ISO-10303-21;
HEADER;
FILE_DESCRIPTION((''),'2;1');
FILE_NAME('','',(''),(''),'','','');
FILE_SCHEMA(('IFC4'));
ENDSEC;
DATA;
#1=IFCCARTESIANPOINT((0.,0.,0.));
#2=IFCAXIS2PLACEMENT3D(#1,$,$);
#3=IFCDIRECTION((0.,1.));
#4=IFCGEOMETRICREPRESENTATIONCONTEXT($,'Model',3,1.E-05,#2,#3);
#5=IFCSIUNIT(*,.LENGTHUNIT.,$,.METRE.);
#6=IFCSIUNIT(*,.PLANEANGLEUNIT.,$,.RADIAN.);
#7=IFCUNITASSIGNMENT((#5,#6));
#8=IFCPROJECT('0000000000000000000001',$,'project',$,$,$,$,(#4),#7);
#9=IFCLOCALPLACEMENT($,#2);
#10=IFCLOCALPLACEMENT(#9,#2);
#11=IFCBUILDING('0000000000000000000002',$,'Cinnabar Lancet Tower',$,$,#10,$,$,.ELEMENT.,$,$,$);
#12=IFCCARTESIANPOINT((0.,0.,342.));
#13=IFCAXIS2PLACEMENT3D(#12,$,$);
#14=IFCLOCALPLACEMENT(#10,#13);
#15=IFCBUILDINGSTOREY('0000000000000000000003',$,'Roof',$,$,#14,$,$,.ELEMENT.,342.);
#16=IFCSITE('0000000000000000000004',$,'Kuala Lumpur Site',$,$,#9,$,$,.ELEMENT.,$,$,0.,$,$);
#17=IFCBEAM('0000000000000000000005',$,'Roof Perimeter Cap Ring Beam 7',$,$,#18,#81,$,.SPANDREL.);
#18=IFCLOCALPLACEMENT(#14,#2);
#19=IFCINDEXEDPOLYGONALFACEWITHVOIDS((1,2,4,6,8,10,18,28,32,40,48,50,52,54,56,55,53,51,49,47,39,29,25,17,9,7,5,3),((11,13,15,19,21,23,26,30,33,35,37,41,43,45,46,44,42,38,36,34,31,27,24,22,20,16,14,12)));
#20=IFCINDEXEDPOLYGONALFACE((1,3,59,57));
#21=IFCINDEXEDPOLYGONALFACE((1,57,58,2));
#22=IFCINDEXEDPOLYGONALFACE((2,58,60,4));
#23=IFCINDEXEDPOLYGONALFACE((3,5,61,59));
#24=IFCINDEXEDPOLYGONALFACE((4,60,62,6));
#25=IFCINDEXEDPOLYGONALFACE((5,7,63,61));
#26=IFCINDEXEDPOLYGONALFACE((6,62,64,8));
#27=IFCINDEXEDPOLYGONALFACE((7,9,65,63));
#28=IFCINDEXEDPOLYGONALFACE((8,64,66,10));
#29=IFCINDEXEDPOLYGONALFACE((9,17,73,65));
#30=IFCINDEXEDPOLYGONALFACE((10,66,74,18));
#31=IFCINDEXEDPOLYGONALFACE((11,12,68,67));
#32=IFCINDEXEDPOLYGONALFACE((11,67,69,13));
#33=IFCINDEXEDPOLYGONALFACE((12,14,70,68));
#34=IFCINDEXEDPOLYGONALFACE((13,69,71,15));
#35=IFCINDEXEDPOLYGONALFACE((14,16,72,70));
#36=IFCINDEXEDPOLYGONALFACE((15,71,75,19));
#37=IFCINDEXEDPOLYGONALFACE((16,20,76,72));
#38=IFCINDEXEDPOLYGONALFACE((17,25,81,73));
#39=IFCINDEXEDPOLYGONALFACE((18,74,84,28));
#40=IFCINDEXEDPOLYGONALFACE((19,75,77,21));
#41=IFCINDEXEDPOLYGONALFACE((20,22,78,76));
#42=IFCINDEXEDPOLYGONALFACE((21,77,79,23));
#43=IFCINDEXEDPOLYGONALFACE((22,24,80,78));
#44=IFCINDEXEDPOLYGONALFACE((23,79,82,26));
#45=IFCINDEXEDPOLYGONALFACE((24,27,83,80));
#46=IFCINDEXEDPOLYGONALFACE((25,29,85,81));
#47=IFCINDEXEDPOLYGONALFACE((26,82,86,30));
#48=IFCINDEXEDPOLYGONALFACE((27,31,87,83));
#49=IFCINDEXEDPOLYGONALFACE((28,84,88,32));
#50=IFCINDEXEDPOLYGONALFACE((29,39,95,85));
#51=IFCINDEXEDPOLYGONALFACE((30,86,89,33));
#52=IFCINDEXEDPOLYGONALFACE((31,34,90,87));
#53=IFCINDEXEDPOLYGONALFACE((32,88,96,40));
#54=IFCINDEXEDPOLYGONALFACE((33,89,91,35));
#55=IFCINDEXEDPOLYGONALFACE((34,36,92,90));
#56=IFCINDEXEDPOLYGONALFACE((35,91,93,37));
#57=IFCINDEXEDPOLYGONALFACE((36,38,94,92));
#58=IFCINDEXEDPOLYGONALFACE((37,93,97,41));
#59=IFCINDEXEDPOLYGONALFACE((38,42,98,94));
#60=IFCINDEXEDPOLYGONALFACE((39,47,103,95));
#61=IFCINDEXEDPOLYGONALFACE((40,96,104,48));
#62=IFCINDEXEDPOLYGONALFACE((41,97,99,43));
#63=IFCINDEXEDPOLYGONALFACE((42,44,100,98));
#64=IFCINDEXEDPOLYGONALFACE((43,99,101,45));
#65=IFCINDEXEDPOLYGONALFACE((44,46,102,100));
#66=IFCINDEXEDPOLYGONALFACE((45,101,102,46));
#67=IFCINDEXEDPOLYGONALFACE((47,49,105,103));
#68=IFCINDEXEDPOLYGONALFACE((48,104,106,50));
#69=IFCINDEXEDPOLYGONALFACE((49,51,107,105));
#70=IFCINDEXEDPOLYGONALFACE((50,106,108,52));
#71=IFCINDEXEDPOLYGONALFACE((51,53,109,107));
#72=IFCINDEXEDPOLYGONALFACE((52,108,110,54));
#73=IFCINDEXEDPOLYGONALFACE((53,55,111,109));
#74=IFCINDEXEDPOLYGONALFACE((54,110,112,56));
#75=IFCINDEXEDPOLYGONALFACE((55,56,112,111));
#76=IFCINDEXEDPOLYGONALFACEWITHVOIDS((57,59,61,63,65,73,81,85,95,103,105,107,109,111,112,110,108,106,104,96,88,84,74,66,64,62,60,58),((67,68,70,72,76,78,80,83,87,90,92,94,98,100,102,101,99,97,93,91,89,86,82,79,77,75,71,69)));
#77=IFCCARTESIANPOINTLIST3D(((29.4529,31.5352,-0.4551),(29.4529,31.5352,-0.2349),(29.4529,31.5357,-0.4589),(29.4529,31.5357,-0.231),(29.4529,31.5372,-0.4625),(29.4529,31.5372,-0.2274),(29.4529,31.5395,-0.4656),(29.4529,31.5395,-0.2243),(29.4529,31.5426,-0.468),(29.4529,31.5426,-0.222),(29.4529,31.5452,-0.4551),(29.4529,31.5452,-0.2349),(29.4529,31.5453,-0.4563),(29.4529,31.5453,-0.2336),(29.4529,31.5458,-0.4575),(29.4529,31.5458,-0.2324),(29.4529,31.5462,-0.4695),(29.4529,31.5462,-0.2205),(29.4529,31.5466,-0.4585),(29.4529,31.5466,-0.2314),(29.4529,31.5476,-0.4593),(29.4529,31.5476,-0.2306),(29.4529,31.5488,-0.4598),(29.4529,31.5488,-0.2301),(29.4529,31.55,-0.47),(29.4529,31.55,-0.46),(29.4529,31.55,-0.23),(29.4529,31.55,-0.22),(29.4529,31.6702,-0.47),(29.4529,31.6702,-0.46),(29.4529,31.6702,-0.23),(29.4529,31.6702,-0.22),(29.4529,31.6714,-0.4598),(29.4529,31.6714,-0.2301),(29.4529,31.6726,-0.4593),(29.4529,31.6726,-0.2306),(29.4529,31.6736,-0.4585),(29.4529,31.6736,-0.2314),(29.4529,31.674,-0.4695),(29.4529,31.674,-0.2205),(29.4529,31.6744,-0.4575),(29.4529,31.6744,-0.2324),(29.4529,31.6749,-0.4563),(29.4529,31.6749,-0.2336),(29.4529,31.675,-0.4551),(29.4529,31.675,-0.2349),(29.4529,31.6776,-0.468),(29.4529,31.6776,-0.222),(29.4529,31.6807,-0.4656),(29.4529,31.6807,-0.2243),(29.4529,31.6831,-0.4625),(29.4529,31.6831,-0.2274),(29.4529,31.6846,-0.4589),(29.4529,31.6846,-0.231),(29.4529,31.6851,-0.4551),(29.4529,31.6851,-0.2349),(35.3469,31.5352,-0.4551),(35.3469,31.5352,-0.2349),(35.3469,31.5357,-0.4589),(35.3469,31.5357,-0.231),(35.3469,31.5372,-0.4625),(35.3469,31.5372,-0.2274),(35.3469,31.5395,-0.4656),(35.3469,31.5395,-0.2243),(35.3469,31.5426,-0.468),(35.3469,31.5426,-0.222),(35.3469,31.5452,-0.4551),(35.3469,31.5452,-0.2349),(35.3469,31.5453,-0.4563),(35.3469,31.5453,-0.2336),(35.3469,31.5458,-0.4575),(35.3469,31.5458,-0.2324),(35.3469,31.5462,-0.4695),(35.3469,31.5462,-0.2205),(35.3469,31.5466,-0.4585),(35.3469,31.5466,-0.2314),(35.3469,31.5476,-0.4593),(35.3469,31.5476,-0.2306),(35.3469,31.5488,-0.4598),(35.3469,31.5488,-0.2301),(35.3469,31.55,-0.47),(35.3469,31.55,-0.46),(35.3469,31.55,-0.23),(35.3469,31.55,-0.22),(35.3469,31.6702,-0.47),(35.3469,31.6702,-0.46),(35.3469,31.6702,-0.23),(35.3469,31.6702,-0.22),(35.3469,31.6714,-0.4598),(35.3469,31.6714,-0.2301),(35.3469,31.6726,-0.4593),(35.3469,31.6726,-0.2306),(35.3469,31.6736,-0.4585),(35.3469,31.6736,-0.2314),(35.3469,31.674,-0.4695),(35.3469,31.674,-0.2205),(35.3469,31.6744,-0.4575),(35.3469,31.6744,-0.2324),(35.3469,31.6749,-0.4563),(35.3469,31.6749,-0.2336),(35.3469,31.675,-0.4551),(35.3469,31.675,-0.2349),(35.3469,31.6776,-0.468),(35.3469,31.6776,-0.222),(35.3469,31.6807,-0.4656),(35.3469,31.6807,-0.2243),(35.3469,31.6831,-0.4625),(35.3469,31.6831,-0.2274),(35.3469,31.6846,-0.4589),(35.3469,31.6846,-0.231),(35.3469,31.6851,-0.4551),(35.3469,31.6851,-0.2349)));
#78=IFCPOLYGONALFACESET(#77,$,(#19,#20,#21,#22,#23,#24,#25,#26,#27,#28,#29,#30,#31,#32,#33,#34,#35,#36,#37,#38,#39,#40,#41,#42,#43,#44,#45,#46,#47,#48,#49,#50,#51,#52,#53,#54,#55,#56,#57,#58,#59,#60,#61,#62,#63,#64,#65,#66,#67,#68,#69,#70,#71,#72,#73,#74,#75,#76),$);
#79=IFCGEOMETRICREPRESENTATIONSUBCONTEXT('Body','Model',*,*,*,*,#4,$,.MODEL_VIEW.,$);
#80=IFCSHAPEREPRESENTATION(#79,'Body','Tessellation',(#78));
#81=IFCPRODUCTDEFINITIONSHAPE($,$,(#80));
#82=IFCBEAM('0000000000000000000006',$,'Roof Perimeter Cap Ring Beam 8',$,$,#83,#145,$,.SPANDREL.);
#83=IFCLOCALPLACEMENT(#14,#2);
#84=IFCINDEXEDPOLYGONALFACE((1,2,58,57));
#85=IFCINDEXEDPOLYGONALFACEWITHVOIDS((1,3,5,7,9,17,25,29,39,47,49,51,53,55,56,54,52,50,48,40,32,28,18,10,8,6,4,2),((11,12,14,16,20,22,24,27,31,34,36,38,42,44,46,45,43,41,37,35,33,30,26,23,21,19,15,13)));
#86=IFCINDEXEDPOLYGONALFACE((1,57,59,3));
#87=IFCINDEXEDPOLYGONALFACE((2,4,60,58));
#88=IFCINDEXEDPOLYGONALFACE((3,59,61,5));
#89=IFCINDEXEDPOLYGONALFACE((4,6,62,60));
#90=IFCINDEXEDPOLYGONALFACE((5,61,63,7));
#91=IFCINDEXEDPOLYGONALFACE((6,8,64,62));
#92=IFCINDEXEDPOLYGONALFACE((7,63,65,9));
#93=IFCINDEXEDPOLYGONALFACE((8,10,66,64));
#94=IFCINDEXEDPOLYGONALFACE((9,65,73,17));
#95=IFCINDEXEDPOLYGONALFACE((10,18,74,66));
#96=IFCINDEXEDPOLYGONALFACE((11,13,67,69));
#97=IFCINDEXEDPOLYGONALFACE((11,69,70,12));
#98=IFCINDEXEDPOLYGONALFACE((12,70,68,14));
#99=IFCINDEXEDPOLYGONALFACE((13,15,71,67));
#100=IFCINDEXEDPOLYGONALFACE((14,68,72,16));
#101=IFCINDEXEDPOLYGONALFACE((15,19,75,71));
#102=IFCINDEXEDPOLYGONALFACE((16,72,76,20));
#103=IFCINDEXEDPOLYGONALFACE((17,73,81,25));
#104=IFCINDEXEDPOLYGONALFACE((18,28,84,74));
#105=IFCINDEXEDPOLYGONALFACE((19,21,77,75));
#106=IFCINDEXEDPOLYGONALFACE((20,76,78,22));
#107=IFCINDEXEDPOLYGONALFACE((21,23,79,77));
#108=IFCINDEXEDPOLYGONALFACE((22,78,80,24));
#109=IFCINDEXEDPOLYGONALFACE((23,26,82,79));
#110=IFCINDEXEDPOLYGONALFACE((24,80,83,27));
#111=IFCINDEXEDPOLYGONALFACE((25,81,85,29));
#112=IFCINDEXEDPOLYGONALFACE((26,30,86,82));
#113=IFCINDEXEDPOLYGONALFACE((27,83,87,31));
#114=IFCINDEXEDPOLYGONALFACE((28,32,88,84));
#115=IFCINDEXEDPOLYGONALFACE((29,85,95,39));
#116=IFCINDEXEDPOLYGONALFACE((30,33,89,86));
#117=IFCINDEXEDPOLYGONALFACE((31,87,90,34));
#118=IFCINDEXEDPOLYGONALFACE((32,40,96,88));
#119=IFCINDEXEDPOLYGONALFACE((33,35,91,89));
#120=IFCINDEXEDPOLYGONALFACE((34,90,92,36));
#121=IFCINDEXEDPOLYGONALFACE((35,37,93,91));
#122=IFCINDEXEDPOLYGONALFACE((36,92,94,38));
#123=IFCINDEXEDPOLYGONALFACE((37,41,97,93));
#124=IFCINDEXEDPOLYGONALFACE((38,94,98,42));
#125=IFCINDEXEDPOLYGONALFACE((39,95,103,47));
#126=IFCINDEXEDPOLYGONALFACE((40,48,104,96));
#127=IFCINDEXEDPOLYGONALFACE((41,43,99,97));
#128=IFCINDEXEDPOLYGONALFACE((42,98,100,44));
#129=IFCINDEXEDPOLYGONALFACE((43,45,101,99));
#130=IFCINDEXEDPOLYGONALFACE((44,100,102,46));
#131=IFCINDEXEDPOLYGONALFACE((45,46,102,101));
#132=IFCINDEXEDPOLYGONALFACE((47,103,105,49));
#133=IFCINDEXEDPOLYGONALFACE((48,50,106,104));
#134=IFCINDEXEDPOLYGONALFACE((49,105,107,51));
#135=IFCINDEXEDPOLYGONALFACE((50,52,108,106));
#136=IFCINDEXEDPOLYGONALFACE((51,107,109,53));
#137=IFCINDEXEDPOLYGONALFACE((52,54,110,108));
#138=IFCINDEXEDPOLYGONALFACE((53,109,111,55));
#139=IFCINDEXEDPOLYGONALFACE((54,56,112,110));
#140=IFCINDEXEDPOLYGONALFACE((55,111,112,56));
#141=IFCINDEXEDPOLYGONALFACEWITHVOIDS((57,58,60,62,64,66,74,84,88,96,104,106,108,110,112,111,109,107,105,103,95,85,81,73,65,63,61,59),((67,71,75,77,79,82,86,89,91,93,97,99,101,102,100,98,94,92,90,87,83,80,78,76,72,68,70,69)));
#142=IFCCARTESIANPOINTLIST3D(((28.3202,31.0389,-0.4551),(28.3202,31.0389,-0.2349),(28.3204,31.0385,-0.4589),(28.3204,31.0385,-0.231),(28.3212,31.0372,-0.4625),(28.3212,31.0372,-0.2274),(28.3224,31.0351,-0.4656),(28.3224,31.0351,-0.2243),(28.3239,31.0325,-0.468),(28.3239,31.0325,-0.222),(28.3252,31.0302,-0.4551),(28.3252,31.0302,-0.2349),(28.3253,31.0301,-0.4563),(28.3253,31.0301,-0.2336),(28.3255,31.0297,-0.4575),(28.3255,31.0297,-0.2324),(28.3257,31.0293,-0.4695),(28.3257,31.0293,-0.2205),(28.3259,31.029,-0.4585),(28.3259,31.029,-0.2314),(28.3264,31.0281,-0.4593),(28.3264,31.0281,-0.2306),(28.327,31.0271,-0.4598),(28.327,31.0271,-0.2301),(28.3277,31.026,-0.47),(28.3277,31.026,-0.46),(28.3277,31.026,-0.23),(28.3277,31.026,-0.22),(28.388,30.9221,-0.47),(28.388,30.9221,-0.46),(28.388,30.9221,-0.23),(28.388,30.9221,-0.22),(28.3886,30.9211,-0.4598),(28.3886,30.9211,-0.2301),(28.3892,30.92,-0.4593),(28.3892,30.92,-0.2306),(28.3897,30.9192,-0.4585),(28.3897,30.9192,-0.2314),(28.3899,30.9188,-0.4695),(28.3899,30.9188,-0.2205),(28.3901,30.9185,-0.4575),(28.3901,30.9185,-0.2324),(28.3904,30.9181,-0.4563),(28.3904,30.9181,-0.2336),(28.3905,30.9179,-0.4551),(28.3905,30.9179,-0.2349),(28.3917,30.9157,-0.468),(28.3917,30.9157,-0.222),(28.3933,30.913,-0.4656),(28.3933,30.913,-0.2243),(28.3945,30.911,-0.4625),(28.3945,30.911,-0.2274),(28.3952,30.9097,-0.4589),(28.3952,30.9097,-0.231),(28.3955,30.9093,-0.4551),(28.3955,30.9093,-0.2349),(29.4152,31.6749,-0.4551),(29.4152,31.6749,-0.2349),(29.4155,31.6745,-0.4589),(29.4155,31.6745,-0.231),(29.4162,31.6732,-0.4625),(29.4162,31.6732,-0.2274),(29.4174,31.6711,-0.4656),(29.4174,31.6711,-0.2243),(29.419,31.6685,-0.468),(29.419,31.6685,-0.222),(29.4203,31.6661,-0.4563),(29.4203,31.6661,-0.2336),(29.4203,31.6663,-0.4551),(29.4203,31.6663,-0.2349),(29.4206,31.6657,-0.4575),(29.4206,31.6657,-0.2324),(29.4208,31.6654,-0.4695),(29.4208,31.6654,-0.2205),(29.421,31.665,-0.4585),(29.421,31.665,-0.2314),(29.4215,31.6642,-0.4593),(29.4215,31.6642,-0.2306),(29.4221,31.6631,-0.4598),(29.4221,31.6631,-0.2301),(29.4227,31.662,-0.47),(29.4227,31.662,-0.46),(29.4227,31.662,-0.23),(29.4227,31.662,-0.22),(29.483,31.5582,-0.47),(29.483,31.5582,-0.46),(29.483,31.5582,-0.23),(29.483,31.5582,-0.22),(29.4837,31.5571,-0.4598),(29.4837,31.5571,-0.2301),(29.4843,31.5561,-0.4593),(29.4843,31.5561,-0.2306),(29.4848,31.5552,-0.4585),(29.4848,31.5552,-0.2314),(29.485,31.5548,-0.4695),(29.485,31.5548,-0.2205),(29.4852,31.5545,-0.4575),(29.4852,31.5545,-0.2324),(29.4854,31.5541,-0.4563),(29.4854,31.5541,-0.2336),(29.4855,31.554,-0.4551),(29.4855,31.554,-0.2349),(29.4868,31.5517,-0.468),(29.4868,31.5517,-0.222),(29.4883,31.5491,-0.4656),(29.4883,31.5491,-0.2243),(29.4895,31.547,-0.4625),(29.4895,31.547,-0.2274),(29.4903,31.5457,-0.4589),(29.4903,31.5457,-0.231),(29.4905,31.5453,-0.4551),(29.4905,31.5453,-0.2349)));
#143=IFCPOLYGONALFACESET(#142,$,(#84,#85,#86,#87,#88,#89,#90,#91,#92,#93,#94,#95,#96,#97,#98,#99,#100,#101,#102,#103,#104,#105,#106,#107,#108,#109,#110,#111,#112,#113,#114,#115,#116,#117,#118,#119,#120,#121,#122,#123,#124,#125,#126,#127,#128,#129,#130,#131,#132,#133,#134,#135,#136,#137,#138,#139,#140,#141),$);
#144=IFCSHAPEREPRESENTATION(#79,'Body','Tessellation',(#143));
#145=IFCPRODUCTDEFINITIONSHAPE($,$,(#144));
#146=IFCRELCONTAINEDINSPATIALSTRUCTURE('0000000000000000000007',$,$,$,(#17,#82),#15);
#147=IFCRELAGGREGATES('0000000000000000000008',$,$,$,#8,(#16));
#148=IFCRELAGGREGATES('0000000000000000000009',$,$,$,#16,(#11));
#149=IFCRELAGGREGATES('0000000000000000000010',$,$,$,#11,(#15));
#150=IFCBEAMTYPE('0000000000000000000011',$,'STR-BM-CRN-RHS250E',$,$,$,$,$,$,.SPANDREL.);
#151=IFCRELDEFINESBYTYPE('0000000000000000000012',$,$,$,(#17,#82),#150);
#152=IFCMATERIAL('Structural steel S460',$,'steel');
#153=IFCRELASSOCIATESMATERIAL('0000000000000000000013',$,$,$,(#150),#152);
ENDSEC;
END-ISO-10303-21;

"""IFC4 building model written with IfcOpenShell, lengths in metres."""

from ifc_helpers import new_model, si_unit, direction, frame, origin, origin_2d, place, context, subcontext, project, spatial, hollow_rectangle, extrude, material, material_profile, profile_set, type_object, element, save


model = new_model("IFC4")

# Units and contexts
model_context = context("Model", 3, precision=1e-05, world=origin(), true_north=direction((0.0, 1.0)))
body_context = subcontext(model_context, "Body", "Model", "MODEL_VIEW")
ifc_project = project(units=[si_unit("LENGTHUNIT", "METRE"), si_unit("PLANEANGLEUNIT", "RADIAN")], contexts=[model_context])

# Site, building, storey
site_placement = place(None, origin())
site = spatial("IfcSite", under=ifc_project, at=site_placement, Name="Kuala Lumpur Site", CompositionType="ELEMENT", RefElevation=0.0)
building_placement = place(site_placement, origin())
building = spatial("IfcBuilding", under=site, at=building_placement, Name="Cinnabar Lancet Tower", CompositionType="ELEMENT")
storey_placement = place(building_placement, frame((0.0, 0.0, 342.0)))
storey = spatial("IfcBuildingStorey", under=building, at=storey_placement, Name="Roof", CompositionType="ELEMENT", Elevation=342.0)

# Beams
ifc_material_1 = material(Name="Structural steel S460", Category="steel")
ifc_material_profile_1 = material_profile(ifc_material_1, hollow_rectangle(XDim=0.1499, YDim=0.25, WallThickness=0.01, InnerFilletRadius=0.0049, OuterFilletRadius=0.0149, at=origin_2d()), Name="RHS 250x150x10")
ifc_profile_set_1 = profile_set([ifc_material_profile_1], Name="Structural steel S460")
beam_type_1 = type_object("IfcBeamType", Name="STR-BM-CRN-RHS250E", PredefinedType="SPANDREL", material=ifc_profile_set_1)
beam_1_placement = place(storey_placement, frame((35.3469, 31.6101, -0.345), z_axis=(-1.0, 0.0, 0.0), x_axis=(0.0, -1.0, 0.0)))
element("IfcBeam", 1, at=beam_1_placement, inside=storey, type_object=beam_type_1, Name="Roof Perimeter Cap Ring Beam 7", PredefinedType="SPANDREL", context=body_context, shape_type="SweptSolid", body=[
    extrude(hollow_rectangle(XDim=0.1499, YDim=0.25, WallThickness=0.01, InnerFilletRadius=0.0049, OuterFilletRadius=0.0149, at=origin_2d()), origin(), (0.0, 0.0, 1.0), 5.894),
])
beam_2_placement = place(storey_placement, frame((29.4529, 31.6101, -0.345), z_axis=(-0.864721, -0.502252, 0.0), x_axis=(0.502252, -0.864721, 0.0)))
element("IfcBeam", 2, at=beam_2_placement, inside=storey, type_object=beam_type_1, Name="Roof Perimeter Cap Ring Beam 8", PredefinedType="SPANDREL", context=body_context, shape_type="SweptSolid", body=[
    extrude(hollow_rectangle(XDim=0.1499, YDim=0.25, WallThickness=0.01, InnerFilletRadius=0.0049, OuterFilletRadius=0.0149, at=origin_2d()), origin(), (0.0, 0.0, 1.0), 1.2664),
])

save(model, "model.ifc")
